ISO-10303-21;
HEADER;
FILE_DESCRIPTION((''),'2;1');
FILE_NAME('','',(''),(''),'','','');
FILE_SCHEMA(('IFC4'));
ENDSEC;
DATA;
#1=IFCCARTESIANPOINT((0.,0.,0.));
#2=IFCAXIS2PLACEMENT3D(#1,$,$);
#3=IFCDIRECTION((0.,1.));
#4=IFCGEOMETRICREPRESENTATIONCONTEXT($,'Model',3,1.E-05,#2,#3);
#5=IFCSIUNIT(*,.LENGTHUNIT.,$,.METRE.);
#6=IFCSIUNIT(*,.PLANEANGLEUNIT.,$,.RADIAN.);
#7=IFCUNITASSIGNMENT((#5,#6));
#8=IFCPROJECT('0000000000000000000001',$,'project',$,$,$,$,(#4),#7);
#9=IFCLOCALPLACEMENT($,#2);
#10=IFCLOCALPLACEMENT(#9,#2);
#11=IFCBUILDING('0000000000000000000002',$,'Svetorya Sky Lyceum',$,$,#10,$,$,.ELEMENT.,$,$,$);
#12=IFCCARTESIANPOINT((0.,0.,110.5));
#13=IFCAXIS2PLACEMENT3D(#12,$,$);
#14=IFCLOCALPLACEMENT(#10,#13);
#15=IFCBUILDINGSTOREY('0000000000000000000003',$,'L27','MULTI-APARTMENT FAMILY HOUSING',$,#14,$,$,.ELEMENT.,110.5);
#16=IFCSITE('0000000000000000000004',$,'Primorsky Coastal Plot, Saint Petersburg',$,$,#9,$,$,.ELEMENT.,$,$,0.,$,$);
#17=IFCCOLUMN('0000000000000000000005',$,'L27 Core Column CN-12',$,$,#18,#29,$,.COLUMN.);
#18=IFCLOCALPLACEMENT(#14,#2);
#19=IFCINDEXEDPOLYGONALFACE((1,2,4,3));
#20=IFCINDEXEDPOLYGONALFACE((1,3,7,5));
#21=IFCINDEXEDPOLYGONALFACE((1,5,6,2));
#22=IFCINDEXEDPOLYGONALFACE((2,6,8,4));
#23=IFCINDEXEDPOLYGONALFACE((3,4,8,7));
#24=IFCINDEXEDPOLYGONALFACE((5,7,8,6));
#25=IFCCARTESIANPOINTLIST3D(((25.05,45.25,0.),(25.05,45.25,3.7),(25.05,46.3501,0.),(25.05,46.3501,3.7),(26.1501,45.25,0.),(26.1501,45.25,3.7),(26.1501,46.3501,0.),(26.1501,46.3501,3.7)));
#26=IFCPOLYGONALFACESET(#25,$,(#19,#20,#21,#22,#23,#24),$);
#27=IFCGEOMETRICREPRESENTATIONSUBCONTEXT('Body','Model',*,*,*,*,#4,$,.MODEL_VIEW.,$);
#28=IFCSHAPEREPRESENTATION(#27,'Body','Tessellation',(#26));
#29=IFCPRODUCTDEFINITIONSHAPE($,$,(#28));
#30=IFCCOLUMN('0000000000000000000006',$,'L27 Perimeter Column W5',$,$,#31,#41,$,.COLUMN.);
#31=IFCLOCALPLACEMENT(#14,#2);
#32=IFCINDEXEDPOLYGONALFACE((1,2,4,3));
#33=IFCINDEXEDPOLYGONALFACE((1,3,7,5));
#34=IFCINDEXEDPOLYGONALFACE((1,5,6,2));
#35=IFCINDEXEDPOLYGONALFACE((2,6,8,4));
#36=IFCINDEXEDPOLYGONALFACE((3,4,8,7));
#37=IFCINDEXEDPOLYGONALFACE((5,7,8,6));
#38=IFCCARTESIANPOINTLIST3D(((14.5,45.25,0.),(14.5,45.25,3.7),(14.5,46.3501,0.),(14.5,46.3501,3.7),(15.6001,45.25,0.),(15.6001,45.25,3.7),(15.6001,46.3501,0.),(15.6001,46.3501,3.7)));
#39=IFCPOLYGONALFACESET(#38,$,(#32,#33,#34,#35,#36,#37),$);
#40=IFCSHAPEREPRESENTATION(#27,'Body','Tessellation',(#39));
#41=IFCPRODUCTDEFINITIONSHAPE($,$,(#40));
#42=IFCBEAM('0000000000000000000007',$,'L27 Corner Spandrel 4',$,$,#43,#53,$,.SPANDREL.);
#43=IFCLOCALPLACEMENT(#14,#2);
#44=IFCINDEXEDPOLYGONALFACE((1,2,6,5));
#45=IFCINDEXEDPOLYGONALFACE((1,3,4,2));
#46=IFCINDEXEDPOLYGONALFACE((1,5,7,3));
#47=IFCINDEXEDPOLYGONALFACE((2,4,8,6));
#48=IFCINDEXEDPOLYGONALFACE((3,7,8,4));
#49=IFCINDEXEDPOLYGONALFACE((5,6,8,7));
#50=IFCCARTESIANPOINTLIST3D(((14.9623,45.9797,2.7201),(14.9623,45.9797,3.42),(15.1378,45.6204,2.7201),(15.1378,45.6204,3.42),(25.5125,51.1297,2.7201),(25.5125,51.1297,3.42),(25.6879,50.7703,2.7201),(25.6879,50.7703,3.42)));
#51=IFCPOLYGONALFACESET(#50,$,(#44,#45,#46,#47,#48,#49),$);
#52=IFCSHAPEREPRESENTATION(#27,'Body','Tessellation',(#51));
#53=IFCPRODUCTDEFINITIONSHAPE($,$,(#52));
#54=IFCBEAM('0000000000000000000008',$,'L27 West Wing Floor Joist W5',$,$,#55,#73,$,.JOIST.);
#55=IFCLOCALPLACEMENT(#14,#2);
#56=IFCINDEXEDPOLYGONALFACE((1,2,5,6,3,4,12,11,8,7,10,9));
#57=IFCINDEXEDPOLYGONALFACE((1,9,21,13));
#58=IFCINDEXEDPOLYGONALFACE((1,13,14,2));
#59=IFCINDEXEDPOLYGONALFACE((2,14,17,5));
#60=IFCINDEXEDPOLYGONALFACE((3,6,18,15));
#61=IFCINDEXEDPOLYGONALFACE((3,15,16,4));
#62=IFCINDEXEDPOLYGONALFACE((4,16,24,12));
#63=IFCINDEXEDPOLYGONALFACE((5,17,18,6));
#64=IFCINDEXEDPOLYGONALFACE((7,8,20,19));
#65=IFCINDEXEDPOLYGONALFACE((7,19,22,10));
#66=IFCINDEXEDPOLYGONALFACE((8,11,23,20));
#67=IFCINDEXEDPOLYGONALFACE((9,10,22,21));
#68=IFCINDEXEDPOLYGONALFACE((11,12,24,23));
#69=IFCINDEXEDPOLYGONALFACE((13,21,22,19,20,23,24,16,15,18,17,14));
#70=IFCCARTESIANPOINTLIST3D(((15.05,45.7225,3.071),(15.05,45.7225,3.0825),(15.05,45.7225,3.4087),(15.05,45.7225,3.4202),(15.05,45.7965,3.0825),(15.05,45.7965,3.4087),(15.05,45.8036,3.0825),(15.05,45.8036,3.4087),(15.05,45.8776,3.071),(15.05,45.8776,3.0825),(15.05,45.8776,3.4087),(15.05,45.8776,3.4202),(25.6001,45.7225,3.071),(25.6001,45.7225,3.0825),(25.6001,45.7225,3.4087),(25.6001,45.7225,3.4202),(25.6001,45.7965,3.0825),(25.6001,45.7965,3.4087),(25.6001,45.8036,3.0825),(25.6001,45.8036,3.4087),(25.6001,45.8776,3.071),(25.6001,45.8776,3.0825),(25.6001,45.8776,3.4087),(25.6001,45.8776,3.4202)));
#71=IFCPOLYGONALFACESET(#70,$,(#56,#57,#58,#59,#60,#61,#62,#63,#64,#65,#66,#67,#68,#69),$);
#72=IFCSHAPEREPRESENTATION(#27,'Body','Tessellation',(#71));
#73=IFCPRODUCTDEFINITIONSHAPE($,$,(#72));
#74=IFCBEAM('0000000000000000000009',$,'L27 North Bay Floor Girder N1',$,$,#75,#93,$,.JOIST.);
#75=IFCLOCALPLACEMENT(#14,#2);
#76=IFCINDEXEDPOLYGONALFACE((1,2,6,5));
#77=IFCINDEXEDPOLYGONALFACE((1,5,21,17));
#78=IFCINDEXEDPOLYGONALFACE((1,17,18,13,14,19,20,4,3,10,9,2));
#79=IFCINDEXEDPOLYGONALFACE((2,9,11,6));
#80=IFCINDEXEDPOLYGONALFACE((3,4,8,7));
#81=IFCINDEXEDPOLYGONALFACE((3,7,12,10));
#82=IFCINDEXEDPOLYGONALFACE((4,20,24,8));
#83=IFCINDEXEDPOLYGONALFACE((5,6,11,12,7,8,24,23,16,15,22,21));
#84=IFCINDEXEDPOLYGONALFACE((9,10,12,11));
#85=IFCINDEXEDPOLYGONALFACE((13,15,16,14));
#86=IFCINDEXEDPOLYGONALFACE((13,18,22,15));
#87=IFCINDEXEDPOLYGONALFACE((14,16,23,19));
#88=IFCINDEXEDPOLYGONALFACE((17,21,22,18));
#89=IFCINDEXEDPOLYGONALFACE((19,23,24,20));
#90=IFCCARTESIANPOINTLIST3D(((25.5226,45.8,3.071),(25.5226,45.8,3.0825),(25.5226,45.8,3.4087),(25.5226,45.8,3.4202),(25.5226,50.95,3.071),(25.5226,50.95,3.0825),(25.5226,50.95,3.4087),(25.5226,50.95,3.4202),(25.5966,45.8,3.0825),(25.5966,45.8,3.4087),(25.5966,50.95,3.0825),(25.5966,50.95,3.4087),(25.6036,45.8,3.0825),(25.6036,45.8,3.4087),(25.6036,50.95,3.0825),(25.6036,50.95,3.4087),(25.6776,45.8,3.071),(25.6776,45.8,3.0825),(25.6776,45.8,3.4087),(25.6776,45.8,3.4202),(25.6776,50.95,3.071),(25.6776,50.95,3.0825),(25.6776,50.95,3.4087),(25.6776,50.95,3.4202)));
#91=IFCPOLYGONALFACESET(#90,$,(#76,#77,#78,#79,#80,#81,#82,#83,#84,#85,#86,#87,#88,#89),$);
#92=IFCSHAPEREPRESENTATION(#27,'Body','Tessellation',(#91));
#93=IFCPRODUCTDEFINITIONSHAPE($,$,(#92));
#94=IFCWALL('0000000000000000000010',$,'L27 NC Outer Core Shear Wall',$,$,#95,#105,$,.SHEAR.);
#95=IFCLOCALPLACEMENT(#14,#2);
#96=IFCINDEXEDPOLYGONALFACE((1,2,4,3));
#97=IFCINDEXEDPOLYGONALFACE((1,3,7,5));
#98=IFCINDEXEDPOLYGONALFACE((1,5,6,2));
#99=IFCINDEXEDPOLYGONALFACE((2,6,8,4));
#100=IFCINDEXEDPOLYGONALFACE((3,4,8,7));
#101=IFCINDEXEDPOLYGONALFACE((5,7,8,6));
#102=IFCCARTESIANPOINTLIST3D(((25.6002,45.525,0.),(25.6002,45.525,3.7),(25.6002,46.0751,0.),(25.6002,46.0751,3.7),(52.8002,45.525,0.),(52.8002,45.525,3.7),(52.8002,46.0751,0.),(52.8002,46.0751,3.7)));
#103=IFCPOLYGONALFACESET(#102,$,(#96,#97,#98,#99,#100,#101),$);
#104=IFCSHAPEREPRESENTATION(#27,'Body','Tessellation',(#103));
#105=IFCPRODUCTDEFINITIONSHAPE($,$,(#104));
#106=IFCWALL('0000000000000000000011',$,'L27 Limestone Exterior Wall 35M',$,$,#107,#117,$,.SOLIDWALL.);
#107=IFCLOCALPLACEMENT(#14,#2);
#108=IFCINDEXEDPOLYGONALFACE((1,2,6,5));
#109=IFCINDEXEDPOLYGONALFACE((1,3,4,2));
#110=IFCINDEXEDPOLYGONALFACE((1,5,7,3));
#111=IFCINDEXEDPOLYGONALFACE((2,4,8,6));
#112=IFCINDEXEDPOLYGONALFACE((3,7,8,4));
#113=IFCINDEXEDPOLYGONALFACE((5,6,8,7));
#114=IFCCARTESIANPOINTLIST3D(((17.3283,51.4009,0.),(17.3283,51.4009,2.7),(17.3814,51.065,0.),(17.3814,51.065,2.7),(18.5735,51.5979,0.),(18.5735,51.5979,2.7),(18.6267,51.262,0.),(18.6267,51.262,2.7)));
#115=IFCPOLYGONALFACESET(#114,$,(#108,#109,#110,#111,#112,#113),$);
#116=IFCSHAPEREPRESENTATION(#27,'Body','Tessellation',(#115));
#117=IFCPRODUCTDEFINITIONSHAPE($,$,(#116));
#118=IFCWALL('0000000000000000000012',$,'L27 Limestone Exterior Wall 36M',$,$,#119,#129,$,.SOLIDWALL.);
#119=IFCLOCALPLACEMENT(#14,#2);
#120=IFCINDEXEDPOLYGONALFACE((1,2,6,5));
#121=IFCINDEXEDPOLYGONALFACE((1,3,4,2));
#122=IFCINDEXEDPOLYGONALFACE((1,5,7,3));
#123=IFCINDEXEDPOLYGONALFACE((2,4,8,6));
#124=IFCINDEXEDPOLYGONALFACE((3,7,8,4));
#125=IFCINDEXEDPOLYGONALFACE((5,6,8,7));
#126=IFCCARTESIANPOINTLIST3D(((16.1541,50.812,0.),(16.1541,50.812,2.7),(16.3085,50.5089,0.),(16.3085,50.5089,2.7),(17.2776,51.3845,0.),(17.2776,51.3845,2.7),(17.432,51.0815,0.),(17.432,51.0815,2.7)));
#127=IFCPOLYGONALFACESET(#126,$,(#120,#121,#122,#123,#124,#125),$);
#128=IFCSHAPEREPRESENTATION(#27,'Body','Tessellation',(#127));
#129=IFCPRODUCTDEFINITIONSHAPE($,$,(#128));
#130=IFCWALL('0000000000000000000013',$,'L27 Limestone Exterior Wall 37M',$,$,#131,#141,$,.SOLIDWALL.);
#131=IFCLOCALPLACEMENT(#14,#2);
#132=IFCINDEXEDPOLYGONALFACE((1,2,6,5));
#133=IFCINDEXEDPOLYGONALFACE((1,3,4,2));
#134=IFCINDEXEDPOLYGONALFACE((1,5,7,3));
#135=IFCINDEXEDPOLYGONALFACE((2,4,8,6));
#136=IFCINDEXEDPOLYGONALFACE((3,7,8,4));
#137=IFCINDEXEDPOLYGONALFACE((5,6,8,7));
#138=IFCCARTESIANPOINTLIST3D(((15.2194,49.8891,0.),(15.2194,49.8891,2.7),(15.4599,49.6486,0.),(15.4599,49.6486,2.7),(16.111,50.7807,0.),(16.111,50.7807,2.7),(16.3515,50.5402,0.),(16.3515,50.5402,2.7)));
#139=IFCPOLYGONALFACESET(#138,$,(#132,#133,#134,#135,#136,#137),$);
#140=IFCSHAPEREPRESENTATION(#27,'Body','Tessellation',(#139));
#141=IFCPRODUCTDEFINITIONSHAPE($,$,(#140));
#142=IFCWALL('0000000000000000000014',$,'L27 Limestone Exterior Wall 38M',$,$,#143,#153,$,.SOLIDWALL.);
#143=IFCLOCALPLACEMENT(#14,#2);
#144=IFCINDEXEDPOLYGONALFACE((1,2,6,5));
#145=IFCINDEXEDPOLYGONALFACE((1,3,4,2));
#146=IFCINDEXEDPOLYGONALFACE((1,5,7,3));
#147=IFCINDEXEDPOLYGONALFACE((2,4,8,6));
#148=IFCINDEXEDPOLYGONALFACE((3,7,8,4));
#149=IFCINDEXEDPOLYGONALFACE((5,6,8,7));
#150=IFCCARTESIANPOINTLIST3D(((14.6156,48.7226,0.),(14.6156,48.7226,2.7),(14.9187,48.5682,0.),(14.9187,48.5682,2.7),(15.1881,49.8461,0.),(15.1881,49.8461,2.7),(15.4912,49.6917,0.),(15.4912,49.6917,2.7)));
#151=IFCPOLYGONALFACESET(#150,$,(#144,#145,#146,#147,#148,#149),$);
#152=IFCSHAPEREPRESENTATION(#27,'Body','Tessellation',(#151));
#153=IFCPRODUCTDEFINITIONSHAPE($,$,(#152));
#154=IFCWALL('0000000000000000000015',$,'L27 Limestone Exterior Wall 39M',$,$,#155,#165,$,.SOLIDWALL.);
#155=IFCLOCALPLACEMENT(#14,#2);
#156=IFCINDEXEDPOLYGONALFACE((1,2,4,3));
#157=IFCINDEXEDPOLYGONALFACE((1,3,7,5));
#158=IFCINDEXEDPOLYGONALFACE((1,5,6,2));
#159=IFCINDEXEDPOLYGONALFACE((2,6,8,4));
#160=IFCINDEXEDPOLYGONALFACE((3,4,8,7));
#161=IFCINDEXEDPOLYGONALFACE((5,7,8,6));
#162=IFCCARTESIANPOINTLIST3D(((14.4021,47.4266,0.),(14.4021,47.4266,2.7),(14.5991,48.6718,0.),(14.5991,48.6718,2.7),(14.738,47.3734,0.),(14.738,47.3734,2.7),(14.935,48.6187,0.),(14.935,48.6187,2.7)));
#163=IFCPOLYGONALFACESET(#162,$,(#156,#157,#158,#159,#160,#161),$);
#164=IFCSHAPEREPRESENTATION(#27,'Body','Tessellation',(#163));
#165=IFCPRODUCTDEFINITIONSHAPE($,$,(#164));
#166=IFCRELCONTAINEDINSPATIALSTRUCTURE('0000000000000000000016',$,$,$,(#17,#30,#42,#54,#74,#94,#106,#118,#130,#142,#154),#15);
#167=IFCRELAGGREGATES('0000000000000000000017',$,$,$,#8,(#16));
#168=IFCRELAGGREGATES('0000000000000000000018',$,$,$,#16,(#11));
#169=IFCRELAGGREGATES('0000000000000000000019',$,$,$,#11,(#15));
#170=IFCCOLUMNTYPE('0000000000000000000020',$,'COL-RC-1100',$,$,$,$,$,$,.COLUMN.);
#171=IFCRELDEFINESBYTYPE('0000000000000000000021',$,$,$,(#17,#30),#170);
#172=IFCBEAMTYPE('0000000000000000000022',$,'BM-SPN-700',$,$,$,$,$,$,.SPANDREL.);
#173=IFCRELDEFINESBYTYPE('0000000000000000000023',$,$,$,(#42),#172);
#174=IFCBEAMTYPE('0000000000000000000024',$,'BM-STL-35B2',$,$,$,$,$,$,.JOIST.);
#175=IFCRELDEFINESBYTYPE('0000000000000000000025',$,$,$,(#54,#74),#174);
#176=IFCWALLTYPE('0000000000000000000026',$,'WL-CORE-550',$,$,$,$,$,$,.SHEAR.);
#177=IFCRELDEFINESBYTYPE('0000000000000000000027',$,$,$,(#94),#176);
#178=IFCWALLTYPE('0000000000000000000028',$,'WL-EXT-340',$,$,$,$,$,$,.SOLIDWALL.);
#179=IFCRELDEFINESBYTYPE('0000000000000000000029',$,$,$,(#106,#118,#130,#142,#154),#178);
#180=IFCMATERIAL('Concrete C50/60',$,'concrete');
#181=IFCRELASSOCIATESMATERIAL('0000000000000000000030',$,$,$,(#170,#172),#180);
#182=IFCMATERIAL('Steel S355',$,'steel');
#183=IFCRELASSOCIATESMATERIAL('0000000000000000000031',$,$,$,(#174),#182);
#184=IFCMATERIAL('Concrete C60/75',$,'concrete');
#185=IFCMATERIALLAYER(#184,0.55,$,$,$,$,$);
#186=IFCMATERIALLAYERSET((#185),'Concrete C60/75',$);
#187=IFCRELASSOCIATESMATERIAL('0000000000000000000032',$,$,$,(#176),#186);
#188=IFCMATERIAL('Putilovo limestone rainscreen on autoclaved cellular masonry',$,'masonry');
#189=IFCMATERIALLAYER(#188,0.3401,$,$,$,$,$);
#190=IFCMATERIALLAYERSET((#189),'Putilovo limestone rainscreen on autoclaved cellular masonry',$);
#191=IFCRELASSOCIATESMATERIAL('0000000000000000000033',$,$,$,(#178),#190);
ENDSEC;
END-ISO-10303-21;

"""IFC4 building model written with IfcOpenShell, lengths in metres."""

from ifc_helpers import new_model, si_unit, direction, frame, frame_2d, origin, origin_2d, place, context, subcontext, project, spatial, rectangle, i_section, extrude, material, layer, layer_set, material_profile, profile_set, type_object, element, save


model = new_model("IFC4")

# Units and contexts
model_context = context("Model", 3, precision=1e-05, world=origin(), true_north=direction((0.0, 1.0)))
body_context = subcontext(model_context, "Body", "Model", "MODEL_VIEW")
ifc_project = project(units=[si_unit("LENGTHUNIT", "METRE"), si_unit("PLANEANGLEUNIT", "RADIAN")], contexts=[model_context])

# Site, building, storey
site_placement = place(None, origin())
site = spatial("IfcSite", under=ifc_project, at=site_placement, Name="Primorsky Coastal Plot, Saint Petersburg", CompositionType="ELEMENT", RefElevation=0.0)
building_placement = place(site_placement, origin())
building = spatial("IfcBuilding", under=site, at=building_placement, Name="Svetorya Sky Lyceum", CompositionType="ELEMENT")
storey_placement = place(building_placement, frame((0.0, 0.0, 110.5)))
storey = spatial("IfcBuildingStorey", under=building, at=storey_placement, Name="L27", Description="MULTI-APARTMENT FAMILY HOUSING", CompositionType="ELEMENT", Elevation=110.5)

# Columns
ifc_material_1 = material(Name="Concrete C50/60", Category="concrete")
ifc_material_profile_1 = material_profile(ifc_material_1, rectangle(XDim=1.1001, YDim=1.1001, at=origin_2d()), Name="RC COL 1100x1100")
ifc_profile_set_1 = profile_set([ifc_material_profile_1], Name="Concrete C50/60")
column_type = type_object("IfcColumnType", Name="COL-RC-1100", PredefinedType="COLUMN", material=ifc_profile_set_1)
for number, where, z_axis, x_axis, name in (
    (1, (25.6001, 45.8, 0.0), (0.0, 0.0, 1.0), (1.0, 0.0, 0.0), "L27 Core Column CN-12"),
    (2, (15.05, 45.8, 0.0), (0.0, 0.0, 1.0), (1.0, 0.0, 0.0), "L27 Perimeter Column W5"),
):
    element("IfcColumn", number, at=place(storey_placement, frame(where, z_axis=z_axis, x_axis=x_axis)), inside=storey, type_object=column_type, Name=name, PredefinedType="COLUMN", context=body_context, shape_type="SweptSolid", body=[
        extrude(rectangle(XDim=1.1001, YDim=1.1001, at=origin_2d()), origin(), (0.0, 0.0, 1.0), 3.7),
    ])

# Beams
ifc_material_profile_2 = material_profile(ifc_material_1, rectangle(XDim=0.3999, YDim=0.7, at=origin_2d()), Name="RC SPANDREL 400x700")
ifc_profile_set_2 = profile_set([ifc_material_profile_2], Name="Concrete C50/60")
beam_type_1 = type_object("IfcBeamType", Name="BM-SPN-700", PredefinedType="SPANDREL", material=ifc_profile_set_2)
beam_1_placement = place(storey_placement, frame((15.05, 45.8, 3.0701), z_axis=(0.89865, 0.438667, 0.0), x_axis=(-0.438667, 0.89865, 0.0)))
element("IfcBeam", 3, at=beam_1_placement, inside=storey, type_object=beam_type_1, Name="L27 Corner Spandrel 4", PredefinedType="SPANDREL", context=body_context, shape_type="SweptSolid", body=[
    extrude(rectangle(XDim=0.3999, YDim=0.7, at=origin_2d()), origin(), (0.0, 0.0, 1.0), 11.74),
])
ifc_material_2 = material(Name="Steel S355", Category="steel")
ifc_material_profile_3 = material_profile(ifc_material_2, i_section(OverallWidth=0.155, OverallDepth=0.3491, WebThickness=0.0071, FlangeThickness=0.0115, at=origin_2d()), Name="GOST 35B2")
ifc_profile_set_3 = profile_set([ifc_material_profile_3], Name="Steel S355")
beam_type_2 = type_object("IfcBeamType", Name="BM-STL-35B2", PredefinedType="JOIST", material=ifc_profile_set_3)
beam_2_placement = place(storey_placement, frame((15.05, 45.8, 3.2456), z_axis=(1.0, 0.0, 0.0), x_axis=(0.0, 1.0, 0.0)))
element("IfcBeam", 4, at=beam_2_placement, inside=storey, type_object=beam_type_2, Name="L27 West Wing Floor Joist W5", PredefinedType="JOIST", context=body_context, shape_type="SweptSolid", body=[
    extrude(i_section(OverallWidth=0.155, OverallDepth=0.3491, WebThickness=0.0071, FlangeThickness=0.0115, at=origin_2d()), origin(), (0.0, 0.0, 1.0), 10.55),
])
beam_3_placement = place(storey_placement, frame((25.6001, 45.8, 3.2456), z_axis=(0.0, 1.0, 0.0), x_axis=(-1.0, 0.0, 0.0)))
element("IfcBeam", 5, at=beam_3_placement, inside=storey, type_object=beam_type_2, Name="L27 North Bay Floor Girder N1", PredefinedType="JOIST", context=body_context, shape_type="SweptSolid", body=[
    extrude(i_section(OverallWidth=0.155, OverallDepth=0.3491, WebThickness=0.0071, FlangeThickness=0.0115, at=origin_2d()), origin(), (0.0, 0.0, 1.0), 5.1499),
])

# Walls
ifc_material_3 = material(Name="Concrete C60/75", Category="concrete")
ifc_layer_1 = layer(ifc_material_3, 0.55)
ifc_layer_set_1 = layer_set([ifc_layer_1], Name="Concrete C60/75")
wall_type_1 = type_object("IfcWallType", Name="WL-CORE-550", PredefinedType="SHEAR", material=ifc_layer_set_1)
wall_1_placement = place(storey_placement, frame((25.6001, 45.8, 0.0), z_axis=(0.0, 0.0, 1.0), x_axis=(1.0, 0.0, 0.0)))
element("IfcWall", 6, at=wall_1_placement, inside=storey, type_object=wall_type_1, Name="L27 NC Outer Core Shear Wall", PredefinedType="SHEAR", context=body_context, shape_type="SweptSolid", body=[
    extrude(rectangle(XDim=27.2, YDim=0.55, at=frame_2d((13.6001, 0.0))), origin(), (0.0, 0.0, 1.0), 3.7),
])
ifc_material_4 = material(Name="Putilovo limestone rainscreen on autoclaved cellular masonry", Category="masonry")
ifc_layer_2 = layer(ifc_material_4, 0.3401)
ifc_layer_set_2 = layer_set([ifc_layer_2], Name="Putilovo limestone rainscreen on autoclaved cellular masonry")
wall_type_2 = type_object("IfcWallType", Name="WL-EXT-340", PredefinedType="SOLIDWALL", material=ifc_layer_set_2)
wall_2_placement = place(storey_placement, frame((18.6001, 51.4299, 0.0), z_axis=(0.0, 0.0, 1.0), x_axis=(-0.987716, -0.156261, 0.0)))
element("IfcWall", 7, at=wall_2_placement, inside=storey, type_object=wall_type_2, Name="L27 Limestone Exterior Wall 35M", PredefinedType="SOLIDWALL", context=body_context, shape_type="SweptSolid", body=[
    extrude(rectangle(XDim=1.2607, YDim=0.3401, at=frame_2d((0.6304, 0.0))), origin(), (0.0, 0.0, 1.0), 2.7),
])
for number, where, z_axis, x_axis, name in (
    (8, (17.3547, 51.2329, 0.0), (0.0, 0.0, 1.0), (-0.890994, -0.454016, 0.0), "L27 Limestone Exterior Wall 36M"),
    (9, (16.2312, 50.6604, 0.0), (0.0, 0.0, 1.0), (-0.707107, -0.707107, 0.0), "L27 Limestone Exterior Wall 37M"),
    (10, (15.3396, 49.7688, 0.0), (0.0, 0.0, 1.0), (-0.454016, -0.890994, 0.0), "L27 Limestone Exterior Wall 38M"),
):
    element("IfcWall", number, at=place(storey_placement, frame(where, z_axis=z_axis, x_axis=x_axis)), inside=storey, type_object=wall_type_2, Name=name, PredefinedType="SOLIDWALL", context=body_context, shape_type="SweptSolid", body=[
        extrude(rectangle(XDim=1.261, YDim=0.3401, at=frame_2d((0.6304, 0.0))), origin(), (0.0, 0.0, 1.0), 2.7),
    ])
wall_3_placement = place(storey_placement, frame((14.7671, 48.6453, 0.0), z_axis=(0.0, 0.0, 1.0), x_axis=(-0.156261, -0.987716, 0.0)))
element("IfcWall", 11, at=wall_3_placement, inside=storey, type_object=wall_type_2, Name="L27 Limestone Exterior Wall 39M", PredefinedType="SOLIDWALL", context=body_context, shape_type="SweptSolid", body=[
    extrude(rectangle(XDim=1.2607, YDim=0.3401, at=frame_2d((0.6304, 0.0))), origin(), (0.0, 0.0, 1.0), 2.7),
])

save(model, "model.ifc")
